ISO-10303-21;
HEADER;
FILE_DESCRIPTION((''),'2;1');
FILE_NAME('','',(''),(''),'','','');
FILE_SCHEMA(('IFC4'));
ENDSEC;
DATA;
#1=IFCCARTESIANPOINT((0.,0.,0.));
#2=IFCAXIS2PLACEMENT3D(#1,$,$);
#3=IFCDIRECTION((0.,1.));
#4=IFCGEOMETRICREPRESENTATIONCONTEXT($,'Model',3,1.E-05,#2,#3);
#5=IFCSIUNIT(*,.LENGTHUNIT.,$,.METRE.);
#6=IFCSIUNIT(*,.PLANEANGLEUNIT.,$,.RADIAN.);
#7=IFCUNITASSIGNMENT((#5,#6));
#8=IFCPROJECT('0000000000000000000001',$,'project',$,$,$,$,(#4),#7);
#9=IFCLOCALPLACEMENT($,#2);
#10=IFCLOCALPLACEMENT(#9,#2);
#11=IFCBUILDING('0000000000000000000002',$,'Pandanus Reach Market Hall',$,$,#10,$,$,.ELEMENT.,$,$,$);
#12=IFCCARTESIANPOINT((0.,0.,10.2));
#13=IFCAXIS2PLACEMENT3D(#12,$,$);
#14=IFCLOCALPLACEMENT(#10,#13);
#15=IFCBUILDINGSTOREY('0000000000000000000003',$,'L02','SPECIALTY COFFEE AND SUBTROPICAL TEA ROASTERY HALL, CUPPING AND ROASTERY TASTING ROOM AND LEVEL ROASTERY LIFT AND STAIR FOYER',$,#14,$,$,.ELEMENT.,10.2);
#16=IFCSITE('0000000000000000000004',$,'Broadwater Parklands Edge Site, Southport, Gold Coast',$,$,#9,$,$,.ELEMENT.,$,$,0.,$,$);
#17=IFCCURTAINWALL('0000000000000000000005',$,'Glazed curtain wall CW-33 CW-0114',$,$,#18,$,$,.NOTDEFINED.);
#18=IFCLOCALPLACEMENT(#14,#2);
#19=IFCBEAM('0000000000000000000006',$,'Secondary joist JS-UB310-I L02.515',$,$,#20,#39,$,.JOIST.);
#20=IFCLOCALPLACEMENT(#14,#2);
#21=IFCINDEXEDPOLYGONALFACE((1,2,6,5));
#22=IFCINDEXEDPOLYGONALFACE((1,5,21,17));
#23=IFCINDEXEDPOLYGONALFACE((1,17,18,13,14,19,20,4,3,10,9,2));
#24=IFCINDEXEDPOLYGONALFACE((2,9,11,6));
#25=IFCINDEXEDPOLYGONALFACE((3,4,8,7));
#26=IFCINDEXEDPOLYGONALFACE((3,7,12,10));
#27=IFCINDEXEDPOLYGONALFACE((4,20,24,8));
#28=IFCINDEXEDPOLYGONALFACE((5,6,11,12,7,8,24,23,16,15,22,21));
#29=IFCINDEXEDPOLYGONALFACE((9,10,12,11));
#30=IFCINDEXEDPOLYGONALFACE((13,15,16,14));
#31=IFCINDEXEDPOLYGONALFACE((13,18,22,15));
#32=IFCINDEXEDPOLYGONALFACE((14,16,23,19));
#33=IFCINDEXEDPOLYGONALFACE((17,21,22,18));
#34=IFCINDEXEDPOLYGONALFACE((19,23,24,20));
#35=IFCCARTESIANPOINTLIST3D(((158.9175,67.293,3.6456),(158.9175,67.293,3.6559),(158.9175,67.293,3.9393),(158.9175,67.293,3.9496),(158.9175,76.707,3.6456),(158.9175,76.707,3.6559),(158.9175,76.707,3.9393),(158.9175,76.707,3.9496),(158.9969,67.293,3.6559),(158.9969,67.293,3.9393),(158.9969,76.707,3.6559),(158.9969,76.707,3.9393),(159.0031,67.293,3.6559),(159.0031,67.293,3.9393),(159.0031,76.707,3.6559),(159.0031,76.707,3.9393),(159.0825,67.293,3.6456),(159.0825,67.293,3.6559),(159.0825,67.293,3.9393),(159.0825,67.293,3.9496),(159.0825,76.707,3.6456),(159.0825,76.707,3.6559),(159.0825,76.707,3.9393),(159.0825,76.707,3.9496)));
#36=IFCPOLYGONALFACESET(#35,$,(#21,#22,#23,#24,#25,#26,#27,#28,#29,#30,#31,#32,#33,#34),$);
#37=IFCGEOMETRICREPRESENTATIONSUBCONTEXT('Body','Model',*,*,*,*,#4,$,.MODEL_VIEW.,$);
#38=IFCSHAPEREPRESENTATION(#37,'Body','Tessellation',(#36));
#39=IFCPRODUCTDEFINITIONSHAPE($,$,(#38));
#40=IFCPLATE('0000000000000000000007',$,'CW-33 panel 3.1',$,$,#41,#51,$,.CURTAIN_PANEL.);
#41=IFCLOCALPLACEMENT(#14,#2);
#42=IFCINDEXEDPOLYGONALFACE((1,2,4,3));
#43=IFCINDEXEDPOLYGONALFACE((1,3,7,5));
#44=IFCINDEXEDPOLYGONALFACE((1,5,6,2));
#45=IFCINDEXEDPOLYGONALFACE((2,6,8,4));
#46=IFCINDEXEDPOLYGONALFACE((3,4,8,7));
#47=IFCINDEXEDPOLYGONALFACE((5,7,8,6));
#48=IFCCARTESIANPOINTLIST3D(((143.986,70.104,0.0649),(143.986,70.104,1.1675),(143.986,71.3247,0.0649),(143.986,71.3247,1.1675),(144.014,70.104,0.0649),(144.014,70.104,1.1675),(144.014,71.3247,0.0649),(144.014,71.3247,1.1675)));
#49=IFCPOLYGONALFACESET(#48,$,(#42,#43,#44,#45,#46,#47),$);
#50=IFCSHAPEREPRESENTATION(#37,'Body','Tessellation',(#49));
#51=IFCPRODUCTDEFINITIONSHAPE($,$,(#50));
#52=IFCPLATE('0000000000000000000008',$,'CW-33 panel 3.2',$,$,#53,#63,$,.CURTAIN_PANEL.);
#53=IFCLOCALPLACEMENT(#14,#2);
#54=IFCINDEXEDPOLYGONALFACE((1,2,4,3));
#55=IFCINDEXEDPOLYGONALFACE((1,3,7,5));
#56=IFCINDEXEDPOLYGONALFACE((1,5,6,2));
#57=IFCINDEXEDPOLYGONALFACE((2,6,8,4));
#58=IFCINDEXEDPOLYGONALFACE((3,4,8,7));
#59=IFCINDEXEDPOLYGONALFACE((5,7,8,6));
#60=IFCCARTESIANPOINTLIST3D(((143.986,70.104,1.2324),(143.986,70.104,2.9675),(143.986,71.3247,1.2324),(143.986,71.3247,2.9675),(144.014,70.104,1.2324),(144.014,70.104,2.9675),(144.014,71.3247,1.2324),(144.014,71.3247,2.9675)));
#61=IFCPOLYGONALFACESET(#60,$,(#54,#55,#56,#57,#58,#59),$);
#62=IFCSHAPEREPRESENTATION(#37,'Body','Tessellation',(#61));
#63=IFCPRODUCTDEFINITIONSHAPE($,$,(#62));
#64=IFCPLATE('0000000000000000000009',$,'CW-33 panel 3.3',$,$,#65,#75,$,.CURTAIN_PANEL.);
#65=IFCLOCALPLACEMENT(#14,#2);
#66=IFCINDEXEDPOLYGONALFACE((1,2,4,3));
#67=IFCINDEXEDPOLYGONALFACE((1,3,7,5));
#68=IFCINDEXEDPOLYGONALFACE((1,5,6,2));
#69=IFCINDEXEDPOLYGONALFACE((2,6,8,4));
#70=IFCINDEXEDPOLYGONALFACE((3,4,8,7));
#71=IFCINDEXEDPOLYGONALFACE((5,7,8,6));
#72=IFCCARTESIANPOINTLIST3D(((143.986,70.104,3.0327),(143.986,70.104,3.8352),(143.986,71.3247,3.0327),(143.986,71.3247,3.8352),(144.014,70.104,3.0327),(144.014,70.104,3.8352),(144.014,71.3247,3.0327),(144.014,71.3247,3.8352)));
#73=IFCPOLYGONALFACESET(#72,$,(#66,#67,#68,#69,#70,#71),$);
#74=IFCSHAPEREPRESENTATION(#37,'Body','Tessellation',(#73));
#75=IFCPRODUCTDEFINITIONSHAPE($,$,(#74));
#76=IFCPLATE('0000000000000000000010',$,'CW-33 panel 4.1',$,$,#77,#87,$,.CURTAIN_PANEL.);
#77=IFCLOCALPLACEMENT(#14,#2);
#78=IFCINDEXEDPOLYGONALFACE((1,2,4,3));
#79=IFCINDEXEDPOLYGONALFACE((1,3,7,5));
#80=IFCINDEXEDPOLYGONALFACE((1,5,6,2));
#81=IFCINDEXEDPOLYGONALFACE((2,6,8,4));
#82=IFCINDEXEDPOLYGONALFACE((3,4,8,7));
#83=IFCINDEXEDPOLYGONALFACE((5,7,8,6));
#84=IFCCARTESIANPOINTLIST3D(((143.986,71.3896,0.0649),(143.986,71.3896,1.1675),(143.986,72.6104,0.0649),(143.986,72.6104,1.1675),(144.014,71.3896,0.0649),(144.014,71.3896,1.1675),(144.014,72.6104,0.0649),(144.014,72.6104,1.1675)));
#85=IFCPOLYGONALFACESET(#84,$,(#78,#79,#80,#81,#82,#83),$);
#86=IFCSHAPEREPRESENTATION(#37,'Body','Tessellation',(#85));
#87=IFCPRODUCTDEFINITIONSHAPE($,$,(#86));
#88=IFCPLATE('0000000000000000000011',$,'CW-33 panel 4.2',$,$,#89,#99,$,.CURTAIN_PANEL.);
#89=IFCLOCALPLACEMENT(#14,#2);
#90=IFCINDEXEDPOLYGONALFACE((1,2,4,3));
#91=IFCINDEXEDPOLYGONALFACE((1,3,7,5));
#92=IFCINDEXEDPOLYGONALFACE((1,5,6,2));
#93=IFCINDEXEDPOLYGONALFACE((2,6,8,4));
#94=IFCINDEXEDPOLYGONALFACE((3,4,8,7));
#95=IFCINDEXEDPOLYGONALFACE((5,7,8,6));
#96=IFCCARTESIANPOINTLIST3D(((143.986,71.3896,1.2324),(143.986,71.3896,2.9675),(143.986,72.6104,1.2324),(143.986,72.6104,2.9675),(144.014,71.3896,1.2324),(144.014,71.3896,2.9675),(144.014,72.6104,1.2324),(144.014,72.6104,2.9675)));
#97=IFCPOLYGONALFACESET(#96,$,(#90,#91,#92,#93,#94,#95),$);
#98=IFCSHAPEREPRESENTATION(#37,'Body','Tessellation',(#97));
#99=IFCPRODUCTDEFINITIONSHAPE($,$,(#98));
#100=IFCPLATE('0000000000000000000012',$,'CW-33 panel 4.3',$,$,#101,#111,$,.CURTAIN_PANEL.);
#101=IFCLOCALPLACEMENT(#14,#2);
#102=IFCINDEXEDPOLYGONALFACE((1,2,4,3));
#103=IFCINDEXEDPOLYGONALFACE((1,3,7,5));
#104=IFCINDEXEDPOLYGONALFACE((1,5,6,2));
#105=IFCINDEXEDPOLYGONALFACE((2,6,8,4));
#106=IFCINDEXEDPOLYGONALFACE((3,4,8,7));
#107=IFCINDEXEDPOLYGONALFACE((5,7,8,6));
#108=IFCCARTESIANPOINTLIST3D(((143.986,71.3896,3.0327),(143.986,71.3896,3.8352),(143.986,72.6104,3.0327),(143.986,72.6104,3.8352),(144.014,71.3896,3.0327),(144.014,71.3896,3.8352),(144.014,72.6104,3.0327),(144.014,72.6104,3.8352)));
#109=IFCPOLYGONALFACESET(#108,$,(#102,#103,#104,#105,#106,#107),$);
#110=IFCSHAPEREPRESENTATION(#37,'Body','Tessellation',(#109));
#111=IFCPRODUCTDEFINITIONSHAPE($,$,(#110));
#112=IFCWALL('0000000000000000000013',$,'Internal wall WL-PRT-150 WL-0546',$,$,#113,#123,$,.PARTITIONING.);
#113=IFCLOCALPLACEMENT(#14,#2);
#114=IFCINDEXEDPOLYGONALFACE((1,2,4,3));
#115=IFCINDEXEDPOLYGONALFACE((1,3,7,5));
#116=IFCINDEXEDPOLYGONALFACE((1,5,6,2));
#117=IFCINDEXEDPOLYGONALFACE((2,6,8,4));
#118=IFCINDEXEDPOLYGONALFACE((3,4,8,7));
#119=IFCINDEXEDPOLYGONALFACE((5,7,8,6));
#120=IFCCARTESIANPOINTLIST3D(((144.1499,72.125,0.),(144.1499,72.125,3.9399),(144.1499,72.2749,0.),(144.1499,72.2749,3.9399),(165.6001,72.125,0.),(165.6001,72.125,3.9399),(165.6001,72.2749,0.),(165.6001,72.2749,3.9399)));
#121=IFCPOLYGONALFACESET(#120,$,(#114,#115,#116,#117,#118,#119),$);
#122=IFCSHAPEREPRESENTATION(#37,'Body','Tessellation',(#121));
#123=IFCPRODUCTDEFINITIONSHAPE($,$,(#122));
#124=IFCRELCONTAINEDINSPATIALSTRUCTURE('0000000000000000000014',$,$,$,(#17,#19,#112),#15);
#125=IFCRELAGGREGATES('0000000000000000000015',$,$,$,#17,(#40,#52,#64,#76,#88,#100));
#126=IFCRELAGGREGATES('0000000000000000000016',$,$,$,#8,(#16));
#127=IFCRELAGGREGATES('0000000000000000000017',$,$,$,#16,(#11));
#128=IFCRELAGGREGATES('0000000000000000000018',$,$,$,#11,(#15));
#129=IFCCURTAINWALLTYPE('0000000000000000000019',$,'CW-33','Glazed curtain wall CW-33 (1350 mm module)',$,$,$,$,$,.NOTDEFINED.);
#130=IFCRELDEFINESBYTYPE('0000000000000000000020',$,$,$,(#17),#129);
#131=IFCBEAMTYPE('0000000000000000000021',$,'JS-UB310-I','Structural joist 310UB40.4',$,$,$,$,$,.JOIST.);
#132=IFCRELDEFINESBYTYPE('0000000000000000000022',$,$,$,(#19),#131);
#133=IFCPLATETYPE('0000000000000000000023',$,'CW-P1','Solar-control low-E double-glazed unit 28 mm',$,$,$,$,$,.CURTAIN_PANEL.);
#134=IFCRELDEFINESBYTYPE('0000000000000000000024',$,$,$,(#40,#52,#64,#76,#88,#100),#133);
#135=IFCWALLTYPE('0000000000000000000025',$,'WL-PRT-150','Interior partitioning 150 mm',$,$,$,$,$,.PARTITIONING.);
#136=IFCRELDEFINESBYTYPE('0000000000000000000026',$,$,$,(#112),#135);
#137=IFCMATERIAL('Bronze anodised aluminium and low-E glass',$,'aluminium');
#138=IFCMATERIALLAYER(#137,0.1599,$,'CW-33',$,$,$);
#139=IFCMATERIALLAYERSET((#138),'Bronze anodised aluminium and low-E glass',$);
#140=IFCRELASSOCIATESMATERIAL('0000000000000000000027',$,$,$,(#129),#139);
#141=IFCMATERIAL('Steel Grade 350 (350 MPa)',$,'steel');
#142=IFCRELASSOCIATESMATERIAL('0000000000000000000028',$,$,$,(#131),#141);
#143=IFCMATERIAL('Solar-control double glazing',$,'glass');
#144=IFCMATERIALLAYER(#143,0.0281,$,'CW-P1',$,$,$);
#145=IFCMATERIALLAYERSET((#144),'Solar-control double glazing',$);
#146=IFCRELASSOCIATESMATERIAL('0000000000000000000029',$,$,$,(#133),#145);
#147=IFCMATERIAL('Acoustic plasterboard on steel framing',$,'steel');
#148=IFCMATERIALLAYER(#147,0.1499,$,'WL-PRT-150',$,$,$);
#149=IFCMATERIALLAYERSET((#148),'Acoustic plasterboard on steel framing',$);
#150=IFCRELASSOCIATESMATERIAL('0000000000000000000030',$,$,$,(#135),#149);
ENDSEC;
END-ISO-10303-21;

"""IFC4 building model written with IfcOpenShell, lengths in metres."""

from ifc_helpers import new_model, si_unit, direction, frame, frame_2d, origin, origin_2d, place, context, subcontext, project, spatial, rectangle, i_section, extrude, material, layer, layer_set, material_profile, profile_set, type_object, element, aggregate, save


model = new_model("IFC4")

# Units and contexts
model_context = context("Model", 3, precision=1e-05, world=origin(), true_north=direction((0.0, 1.0)))
body_context = subcontext(model_context, "Body", "Model", "MODEL_VIEW")
ifc_project = project(units=[si_unit("LENGTHUNIT", "METRE"), si_unit("PLANEANGLEUNIT", "RADIAN")], contexts=[model_context])

# Site, building, storey
site_placement = place(None, origin())
site = spatial("IfcSite", under=ifc_project, at=site_placement, Name="Broadwater Parklands Edge Site, Southport, Gold Coast", CompositionType="ELEMENT", RefElevation=0.0)
building_placement = place(site_placement, origin())
building = spatial("IfcBuilding", under=site, at=building_placement, Name="Pandanus Reach Market Hall", CompositionType="ELEMENT")
storey_placement = place(building_placement, frame((0.0, 0.0, 10.2)))
storey = spatial("IfcBuildingStorey", under=building, at=storey_placement, Name="L02", Description="SPECIALTY COFFEE AND SUBTROPICAL TEA ROASTERY HALL, CUPPING AND ROASTERY TASTING ROOM AND LEVEL ROASTERY LIFT AND STAIR FOYER", CompositionType="ELEMENT", Elevation=10.2)

# Shared definitions
ifc_material_1 = material(Name="Steel Grade 350 (350 MPa)", Category="steel")

# Curtain wall
ifc_material_2 = material(Name="Bronze anodised aluminium and low-E glass", Category="aluminium")
ifc_layer_1 = layer(ifc_material_2, 0.1599, Name="CW-33")
ifc_layer_set_1 = layer_set([ifc_layer_1], Name="Bronze anodised aluminium and low-E glass")
curtain_wall_type = type_object("IfcCurtainWallType", Name="CW-33", Description="Glazed curtain wall CW-33 (1350 mm module)", PredefinedType="NOTDEFINED", material=ifc_layer_set_1)
curtain_wall_placement = place(storey_placement, origin())
curtain_wall = element("IfcCurtainWall", 1, at=curtain_wall_placement, inside=storey, type_object=curtain_wall_type, Name="Glazed curtain wall CW-33 CW-0114", PredefinedType="NOTDEFINED")

# Beam
ifc_material_profile_1 = material_profile(ifc_material_1, i_section(OverallWidth=0.165, OverallDepth=0.304, WebThickness=0.0061, FlangeThickness=0.0103, at=origin_2d()), Name="310UB40.4", Category="LoadBearing")
ifc_profile_set_1 = profile_set([ifc_material_profile_1], Name="Steel Grade 350 (350 MPa)")
beam_type_1 = type_object("IfcBeamType", Name="JS-UB310-I", Description="Structural joist 310UB40.4", PredefinedType="JOIST", material=ifc_profile_set_1)
for number, where, z_axis, x_axis, name in (
    (2, (159.0, 67.293, 3.7976), (0.0, 1.0, 0.0), (-1.0, 0.0, 0.0), "Secondary joist JS-UB310-I L02.515"),
):
    element("IfcBeam", number, at=place(storey_placement, frame(where, z_axis=z_axis, x_axis=x_axis)), inside=storey, type_object=beam_type_1, Name=name, PredefinedType="JOIST", context=body_context, shape_type="SweptSolid", body=[
        extrude(i_section(OverallWidth=0.165, OverallDepth=0.304, WebThickness=0.0061, FlangeThickness=0.0103, at=origin_2d()), origin(), (0.0, 0.0, 1.0), 9.4141),
    ])

# Plates
ifc_material_3 = material(Name="Solar-control double glazing", Category="glass")
ifc_layer_2 = layer(ifc_material_3, 0.0281, Name="CW-P1")
ifc_layer_set_2 = layer_set([ifc_layer_2], Name="Solar-control double glazing")
plate_type = type_object("IfcPlateType", Name="CW-P1", Description="Solar-control low-E double-glazed unit 28 mm", PredefinedType="CURTAIN_PANEL", material=ifc_layer_set_2)
plate_1_placement = place(storey_placement, frame((144.0, 70.7144, 0.0649), z_axis=(0.0, 0.0, 1.0), x_axis=(0.0, 1.0, 0.0)))
plate_1 = element("IfcPlate", 3, at=plate_1_placement, type_object=plate_type, Name="CW-33 panel 3.1", PredefinedType="CURTAIN_PANEL", context=body_context, shape_type="SweptSolid", body=[
    extrude(rectangle(XDim=1.2207, YDim=0.0281, at=origin_2d()), origin(), (0.0, 0.0, 1.0), 1.1025),
])
plate_2_placement = place(storey_placement, frame((144.0, 70.7144, 1.2324), z_axis=(0.0, 0.0, 1.0), x_axis=(0.0, 1.0, 0.0)))
plate_2 = element("IfcPlate", 4, at=plate_2_placement, type_object=plate_type, Name="CW-33 panel 3.2", PredefinedType="CURTAIN_PANEL", context=body_context, shape_type="SweptSolid", body=[
    extrude(rectangle(XDim=1.2207, YDim=0.0281, at=origin_2d()), origin(), (0.0, 0.0, 1.0), 1.7351),
])
plate_3_placement = place(storey_placement, frame((144.0, 70.7144, 3.0327), z_axis=(0.0, 0.0, 1.0), x_axis=(0.0, 1.0, 0.0)))
plate_3 = element("IfcPlate", 5, at=plate_3_placement, type_object=plate_type, Name="CW-33 panel 3.3", PredefinedType="CURTAIN_PANEL", context=body_context, shape_type="SweptSolid", body=[
    extrude(rectangle(XDim=1.2207, YDim=0.0281, at=origin_2d()), origin(), (0.0, 0.0, 1.0), 0.8025),
])
plate_4_placement = place(storey_placement, frame((144.0, 72.0, 0.0649), z_axis=(0.0, 0.0, 1.0), x_axis=(0.0, 1.0, 0.0)))
plate_4 = element("IfcPlate", 6, at=plate_4_placement, type_object=plate_type, Name="CW-33 panel 4.1", PredefinedType="CURTAIN_PANEL", context=body_context, shape_type="SweptSolid", body=[
    extrude(rectangle(XDim=1.2207, YDim=0.0281, at=origin_2d()), origin(), (0.0, 0.0, 1.0), 1.1025),
])
plate_5_placement = place(storey_placement, frame((144.0, 72.0, 1.2324), z_axis=(0.0, 0.0, 1.0), x_axis=(0.0, 1.0, 0.0)))
plate_5 = element("IfcPlate", 7, at=plate_5_placement, type_object=plate_type, Name="CW-33 panel 4.2", PredefinedType="CURTAIN_PANEL", context=body_context, shape_type="SweptSolid", body=[
    extrude(rectangle(XDim=1.2207, YDim=0.0281, at=origin_2d()), origin(), (0.0, 0.0, 1.0), 1.7351),
])
plate_6_placement = place(storey_placement, frame((144.0, 72.0, 3.0327), z_axis=(0.0, 0.0, 1.0), x_axis=(0.0, 1.0, 0.0)))
plate_6 = element("IfcPlate", 8, at=plate_6_placement, type_object=plate_type, Name="CW-33 panel 4.3", PredefinedType="CURTAIN_PANEL", context=body_context, shape_type="SweptSolid", body=[
    extrude(rectangle(XDim=1.2207, YDim=0.0281, at=origin_2d()), origin(), (0.0, 0.0, 1.0), 0.8025),
])
aggregate(curtain_wall, [plate_1, plate_2, plate_3, plate_4, plate_5, plate_6])

# Wall
ifc_material_4 = material(Name="Acoustic plasterboard on steel framing", Category="steel")
ifc_layer_3 = layer(ifc_material_4, 0.1499, Name="WL-PRT-150")
ifc_layer_set_3 = layer_set([ifc_layer_3], Name="Acoustic plasterboard on steel framing")
wall_type = type_object("IfcWallType", Name="WL-PRT-150", Description="Interior partitioning 150 mm", PredefinedType="PARTITIONING", material=ifc_layer_set_3)
wall_placement = place(storey_placement, frame((144.1499, 72.2, 0.0), z_axis=(0.0, 0.0, 1.0), x_axis=(1.0, 0.0, 0.0)))
element("IfcWall", 9, at=wall_placement, inside=storey, type_object=wall_type, Name="Internal wall WL-PRT-150 WL-0546", PredefinedType="PARTITIONING", context=body_context, shape_type="SweptSolid", body=[
    extrude(rectangle(XDim=21.4502, YDim=0.1499, at=frame_2d((10.7251, 0.0))), origin(), (0.0, 0.0, 1.0), 3.9399),
])

save(model, "model.ifc")
